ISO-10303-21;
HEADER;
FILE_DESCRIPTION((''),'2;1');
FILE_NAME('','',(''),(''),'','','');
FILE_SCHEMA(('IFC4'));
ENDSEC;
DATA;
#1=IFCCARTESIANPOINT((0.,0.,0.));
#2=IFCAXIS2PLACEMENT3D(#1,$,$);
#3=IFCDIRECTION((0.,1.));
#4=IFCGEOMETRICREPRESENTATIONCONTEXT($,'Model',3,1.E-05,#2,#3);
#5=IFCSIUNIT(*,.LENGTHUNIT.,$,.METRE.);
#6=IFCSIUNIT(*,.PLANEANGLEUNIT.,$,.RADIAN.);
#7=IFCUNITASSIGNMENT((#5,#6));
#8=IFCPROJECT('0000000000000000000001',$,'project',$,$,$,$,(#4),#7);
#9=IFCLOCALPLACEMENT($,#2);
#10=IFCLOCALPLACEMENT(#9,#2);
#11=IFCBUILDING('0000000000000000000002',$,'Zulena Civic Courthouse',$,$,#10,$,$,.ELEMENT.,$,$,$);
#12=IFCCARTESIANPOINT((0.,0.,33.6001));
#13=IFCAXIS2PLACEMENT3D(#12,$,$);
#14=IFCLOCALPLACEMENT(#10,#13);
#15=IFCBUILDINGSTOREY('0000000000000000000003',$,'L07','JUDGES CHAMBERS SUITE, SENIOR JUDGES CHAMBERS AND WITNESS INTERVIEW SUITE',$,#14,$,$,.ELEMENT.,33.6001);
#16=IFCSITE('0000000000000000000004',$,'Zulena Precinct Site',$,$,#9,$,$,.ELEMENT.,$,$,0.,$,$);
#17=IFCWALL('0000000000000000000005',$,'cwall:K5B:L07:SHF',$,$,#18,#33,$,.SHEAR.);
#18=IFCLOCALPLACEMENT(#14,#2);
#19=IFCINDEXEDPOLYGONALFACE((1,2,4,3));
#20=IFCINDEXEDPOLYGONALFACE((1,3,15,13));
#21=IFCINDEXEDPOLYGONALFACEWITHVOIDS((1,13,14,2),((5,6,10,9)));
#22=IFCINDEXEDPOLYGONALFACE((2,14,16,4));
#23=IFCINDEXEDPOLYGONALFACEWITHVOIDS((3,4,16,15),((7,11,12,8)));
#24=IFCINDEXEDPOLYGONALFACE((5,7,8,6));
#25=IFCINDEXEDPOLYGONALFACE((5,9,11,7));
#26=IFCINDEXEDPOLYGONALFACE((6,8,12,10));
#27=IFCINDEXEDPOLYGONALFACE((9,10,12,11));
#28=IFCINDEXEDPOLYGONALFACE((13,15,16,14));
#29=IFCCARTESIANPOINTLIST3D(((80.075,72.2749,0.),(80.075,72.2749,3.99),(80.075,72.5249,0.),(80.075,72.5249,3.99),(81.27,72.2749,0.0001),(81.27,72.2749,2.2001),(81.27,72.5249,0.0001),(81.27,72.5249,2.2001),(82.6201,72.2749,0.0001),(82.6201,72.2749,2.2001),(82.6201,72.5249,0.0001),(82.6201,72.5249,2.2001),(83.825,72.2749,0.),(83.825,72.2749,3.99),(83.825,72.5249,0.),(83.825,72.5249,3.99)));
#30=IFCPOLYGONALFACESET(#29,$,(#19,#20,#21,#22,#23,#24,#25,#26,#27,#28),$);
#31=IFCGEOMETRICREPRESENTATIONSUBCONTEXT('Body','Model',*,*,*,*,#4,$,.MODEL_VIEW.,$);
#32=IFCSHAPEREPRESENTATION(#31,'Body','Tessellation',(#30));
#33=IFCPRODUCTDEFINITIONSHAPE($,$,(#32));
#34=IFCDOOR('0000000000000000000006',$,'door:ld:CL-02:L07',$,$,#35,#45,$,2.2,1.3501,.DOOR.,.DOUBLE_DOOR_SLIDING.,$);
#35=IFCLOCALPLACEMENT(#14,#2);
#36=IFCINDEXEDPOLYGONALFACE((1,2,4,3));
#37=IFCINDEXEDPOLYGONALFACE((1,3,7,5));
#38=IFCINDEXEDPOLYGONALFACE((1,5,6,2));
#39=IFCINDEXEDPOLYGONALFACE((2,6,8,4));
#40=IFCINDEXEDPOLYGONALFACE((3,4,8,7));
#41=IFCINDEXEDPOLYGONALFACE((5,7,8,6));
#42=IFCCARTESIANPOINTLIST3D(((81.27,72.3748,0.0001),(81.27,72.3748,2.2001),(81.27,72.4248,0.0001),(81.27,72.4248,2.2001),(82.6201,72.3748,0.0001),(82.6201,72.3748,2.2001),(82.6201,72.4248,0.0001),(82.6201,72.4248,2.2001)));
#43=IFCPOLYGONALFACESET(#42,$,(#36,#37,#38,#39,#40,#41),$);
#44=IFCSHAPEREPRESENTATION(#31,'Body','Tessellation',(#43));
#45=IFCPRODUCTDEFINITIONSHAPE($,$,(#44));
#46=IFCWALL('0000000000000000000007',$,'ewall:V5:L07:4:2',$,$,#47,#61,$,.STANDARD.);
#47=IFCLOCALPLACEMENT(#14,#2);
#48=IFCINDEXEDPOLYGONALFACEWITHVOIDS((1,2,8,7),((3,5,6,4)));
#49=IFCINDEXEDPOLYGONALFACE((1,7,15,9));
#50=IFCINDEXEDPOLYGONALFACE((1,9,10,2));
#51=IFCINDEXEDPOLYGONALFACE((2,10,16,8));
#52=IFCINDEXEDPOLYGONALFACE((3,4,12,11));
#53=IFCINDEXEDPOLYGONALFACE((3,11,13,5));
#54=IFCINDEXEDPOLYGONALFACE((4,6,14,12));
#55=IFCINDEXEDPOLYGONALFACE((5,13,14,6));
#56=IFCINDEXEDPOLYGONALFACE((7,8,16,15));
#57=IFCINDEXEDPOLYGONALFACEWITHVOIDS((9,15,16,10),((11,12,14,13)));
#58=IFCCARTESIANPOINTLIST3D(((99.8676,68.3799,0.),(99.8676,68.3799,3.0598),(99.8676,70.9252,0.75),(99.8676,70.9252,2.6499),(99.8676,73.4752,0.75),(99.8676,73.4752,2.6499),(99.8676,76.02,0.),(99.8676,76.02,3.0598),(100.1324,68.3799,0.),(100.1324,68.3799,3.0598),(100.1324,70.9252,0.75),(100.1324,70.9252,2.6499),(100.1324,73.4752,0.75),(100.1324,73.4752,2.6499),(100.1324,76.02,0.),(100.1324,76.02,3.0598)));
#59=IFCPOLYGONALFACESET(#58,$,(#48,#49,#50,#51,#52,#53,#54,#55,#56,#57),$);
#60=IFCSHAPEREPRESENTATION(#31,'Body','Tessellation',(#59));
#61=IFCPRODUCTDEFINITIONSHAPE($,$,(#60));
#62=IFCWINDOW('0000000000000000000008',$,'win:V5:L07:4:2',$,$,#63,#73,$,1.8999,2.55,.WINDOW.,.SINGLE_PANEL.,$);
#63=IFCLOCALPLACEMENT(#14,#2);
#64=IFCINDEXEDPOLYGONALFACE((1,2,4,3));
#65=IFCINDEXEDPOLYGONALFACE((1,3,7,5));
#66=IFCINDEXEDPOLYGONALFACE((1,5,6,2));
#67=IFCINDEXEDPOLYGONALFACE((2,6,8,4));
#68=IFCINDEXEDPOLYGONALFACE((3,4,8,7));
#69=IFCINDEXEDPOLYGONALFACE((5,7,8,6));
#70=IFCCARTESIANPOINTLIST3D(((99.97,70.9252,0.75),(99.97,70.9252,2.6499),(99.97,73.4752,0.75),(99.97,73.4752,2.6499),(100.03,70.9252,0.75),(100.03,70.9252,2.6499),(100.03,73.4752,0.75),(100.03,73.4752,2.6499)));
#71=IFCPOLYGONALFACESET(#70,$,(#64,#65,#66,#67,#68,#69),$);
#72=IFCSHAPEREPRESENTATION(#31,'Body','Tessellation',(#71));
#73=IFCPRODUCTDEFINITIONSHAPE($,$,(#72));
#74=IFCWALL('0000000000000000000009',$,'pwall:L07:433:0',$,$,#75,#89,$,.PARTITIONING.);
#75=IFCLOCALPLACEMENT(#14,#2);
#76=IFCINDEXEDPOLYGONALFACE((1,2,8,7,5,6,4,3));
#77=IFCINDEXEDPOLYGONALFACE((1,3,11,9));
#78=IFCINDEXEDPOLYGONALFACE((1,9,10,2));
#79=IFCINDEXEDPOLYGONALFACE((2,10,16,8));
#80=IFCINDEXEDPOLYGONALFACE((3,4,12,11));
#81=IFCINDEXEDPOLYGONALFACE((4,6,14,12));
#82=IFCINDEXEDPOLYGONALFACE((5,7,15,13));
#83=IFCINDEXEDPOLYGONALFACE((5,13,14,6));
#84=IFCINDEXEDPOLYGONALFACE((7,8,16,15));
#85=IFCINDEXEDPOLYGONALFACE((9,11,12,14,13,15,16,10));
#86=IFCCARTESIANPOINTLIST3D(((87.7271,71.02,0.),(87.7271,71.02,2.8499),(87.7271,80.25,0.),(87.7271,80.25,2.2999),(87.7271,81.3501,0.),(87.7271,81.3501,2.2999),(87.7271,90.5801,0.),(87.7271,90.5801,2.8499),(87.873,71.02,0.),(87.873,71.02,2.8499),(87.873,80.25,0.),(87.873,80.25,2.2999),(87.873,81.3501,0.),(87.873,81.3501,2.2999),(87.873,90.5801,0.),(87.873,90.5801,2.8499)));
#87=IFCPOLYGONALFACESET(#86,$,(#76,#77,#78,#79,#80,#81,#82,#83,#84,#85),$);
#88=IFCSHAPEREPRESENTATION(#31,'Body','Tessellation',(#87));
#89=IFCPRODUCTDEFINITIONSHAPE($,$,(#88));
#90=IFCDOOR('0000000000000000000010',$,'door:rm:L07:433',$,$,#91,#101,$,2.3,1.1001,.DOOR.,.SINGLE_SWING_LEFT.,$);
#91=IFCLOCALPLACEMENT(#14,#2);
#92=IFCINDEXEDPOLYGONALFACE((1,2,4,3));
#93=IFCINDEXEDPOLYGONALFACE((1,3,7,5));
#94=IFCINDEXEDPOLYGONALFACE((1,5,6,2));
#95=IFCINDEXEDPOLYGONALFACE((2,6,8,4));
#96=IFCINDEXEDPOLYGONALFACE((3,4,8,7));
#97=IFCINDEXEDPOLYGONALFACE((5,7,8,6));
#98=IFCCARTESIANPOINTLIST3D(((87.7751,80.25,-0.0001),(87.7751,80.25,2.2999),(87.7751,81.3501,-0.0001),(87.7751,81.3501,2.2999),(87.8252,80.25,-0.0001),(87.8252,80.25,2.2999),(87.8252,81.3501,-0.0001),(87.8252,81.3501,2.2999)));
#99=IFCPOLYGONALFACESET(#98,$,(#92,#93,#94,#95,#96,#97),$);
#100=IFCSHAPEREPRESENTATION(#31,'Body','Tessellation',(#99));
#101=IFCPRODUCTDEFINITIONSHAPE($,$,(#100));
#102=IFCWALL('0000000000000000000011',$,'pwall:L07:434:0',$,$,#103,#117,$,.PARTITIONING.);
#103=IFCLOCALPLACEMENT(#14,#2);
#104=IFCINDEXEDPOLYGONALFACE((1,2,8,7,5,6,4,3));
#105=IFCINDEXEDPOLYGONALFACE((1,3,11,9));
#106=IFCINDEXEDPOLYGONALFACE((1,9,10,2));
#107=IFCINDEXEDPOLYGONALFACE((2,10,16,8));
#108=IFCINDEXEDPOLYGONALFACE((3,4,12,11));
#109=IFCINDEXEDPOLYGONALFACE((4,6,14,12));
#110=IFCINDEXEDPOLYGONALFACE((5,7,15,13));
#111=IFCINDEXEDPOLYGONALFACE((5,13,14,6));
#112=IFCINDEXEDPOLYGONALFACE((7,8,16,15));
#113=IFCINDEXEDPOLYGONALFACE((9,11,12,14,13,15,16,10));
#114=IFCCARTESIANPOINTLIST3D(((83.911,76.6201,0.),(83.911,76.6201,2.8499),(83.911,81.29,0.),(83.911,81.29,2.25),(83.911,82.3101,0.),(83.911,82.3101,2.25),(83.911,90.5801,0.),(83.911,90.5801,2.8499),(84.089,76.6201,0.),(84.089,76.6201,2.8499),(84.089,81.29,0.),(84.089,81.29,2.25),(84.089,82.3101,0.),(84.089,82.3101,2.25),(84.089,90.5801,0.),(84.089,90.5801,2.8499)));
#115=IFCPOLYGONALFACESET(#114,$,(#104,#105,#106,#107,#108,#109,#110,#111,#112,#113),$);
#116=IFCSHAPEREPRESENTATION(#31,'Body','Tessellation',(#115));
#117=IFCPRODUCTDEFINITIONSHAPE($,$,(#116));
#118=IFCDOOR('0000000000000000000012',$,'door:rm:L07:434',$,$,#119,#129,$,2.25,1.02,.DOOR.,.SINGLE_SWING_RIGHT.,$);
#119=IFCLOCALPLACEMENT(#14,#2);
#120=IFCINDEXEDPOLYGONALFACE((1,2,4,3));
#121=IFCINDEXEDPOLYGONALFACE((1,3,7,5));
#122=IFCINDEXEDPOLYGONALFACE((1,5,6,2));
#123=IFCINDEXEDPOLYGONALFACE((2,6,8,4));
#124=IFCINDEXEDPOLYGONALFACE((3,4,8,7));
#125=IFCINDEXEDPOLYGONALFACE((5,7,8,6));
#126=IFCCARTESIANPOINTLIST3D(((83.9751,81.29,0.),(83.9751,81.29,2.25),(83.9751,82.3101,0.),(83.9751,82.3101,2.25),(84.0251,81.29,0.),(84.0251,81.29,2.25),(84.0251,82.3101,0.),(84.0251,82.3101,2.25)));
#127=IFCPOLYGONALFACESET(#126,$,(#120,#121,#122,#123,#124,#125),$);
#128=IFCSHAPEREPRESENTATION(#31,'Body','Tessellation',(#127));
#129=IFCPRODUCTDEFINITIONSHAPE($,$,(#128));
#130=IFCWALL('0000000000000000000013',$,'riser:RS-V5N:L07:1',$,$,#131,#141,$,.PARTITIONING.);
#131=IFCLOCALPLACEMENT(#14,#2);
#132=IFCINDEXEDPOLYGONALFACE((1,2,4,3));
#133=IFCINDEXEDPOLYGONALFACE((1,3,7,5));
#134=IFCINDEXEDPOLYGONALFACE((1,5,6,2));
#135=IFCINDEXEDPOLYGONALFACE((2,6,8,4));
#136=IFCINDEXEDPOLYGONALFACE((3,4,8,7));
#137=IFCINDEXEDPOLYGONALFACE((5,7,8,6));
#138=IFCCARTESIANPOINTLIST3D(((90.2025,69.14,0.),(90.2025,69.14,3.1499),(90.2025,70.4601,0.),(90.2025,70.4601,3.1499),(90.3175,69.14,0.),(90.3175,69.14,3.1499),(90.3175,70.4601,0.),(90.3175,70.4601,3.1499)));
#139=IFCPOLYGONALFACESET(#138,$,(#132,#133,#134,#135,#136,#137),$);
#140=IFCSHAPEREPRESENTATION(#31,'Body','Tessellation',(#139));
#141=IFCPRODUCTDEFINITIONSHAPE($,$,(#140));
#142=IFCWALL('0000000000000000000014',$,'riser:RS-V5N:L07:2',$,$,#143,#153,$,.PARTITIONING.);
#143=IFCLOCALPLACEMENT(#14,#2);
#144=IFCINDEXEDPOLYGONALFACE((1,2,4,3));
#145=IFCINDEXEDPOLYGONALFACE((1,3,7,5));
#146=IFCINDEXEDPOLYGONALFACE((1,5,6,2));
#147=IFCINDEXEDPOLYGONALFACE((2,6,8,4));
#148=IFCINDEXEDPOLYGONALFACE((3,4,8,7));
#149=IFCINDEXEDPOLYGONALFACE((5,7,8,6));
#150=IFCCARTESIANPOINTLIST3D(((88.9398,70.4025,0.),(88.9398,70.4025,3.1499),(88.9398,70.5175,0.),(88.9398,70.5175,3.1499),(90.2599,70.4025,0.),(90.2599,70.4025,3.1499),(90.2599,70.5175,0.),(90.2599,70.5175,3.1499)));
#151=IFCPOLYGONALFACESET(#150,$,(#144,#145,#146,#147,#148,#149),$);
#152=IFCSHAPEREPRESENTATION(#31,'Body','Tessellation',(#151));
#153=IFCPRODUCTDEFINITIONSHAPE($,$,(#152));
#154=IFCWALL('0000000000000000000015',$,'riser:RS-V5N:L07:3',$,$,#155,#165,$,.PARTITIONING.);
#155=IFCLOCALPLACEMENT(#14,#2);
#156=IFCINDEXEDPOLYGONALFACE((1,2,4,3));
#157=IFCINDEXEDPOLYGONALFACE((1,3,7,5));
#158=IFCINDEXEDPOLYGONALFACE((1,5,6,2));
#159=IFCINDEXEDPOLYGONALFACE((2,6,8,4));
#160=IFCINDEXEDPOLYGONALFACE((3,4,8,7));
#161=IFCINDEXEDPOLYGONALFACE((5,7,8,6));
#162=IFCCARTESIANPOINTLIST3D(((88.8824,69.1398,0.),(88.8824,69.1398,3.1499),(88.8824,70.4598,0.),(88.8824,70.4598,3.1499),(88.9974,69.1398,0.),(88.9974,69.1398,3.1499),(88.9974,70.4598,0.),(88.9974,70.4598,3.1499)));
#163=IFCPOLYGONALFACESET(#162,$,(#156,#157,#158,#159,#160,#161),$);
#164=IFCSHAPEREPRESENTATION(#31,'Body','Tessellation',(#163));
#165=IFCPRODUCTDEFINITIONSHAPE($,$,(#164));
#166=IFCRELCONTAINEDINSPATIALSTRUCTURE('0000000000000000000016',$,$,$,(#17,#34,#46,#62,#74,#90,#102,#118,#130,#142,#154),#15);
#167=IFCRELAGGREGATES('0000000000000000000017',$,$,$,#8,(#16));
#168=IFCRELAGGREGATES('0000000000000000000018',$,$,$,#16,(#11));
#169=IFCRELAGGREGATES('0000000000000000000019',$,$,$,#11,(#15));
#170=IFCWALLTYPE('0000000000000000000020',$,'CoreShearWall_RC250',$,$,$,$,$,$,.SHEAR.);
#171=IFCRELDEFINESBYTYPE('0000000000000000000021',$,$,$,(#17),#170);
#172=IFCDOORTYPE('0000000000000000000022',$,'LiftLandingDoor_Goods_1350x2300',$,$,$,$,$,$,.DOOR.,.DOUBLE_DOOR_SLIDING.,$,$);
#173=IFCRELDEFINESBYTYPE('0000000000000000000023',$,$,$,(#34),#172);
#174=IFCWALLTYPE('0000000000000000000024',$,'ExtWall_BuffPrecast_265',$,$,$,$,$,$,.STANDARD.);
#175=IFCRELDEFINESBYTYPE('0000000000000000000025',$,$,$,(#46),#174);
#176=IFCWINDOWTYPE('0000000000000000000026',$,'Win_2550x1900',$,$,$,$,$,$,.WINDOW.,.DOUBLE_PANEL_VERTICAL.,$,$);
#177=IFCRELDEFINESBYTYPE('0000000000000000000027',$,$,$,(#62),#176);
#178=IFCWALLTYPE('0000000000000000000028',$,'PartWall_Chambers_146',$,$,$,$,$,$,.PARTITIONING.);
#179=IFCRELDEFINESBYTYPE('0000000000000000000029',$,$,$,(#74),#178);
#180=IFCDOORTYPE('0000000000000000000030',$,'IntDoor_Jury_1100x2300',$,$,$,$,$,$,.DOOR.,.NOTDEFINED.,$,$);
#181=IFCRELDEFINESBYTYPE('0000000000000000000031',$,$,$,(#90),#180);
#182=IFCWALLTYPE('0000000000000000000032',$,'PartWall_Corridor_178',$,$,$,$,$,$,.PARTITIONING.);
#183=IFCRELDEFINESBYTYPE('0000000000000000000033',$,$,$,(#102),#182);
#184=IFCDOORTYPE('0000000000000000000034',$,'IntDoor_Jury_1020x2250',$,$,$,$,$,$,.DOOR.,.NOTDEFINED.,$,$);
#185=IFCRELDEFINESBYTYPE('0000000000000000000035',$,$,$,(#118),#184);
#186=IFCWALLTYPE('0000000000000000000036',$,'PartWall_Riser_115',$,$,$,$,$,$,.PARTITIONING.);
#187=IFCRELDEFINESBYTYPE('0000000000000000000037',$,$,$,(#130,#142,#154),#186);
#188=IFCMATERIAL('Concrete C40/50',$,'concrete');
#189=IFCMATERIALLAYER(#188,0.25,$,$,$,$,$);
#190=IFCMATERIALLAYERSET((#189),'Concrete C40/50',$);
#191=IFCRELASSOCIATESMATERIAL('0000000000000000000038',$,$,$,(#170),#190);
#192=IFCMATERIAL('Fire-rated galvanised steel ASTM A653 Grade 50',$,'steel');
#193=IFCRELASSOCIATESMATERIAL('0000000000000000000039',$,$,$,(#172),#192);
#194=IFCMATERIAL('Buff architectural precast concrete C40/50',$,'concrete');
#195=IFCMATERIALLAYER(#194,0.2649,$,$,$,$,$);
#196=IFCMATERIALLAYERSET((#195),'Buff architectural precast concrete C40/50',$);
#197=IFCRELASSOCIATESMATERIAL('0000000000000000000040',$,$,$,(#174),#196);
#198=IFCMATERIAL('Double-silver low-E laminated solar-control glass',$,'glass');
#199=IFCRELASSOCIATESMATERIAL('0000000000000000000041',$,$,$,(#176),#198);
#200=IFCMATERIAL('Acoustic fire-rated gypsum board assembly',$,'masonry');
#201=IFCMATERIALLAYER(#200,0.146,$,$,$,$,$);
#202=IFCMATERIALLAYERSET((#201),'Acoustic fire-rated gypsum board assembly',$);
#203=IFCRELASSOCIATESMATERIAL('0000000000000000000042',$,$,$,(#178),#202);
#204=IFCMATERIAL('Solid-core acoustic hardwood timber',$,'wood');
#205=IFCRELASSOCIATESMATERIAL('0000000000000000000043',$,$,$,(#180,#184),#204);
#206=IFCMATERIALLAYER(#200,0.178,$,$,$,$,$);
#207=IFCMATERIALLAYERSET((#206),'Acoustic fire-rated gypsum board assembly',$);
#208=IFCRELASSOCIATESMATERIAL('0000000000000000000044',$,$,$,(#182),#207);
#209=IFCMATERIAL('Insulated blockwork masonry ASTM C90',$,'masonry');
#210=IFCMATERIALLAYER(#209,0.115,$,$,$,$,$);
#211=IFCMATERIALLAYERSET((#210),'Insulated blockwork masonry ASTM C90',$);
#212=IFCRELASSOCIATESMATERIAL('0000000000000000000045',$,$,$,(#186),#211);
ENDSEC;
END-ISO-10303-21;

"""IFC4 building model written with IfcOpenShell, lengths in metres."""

from ifc_helpers import new_model, si_unit, direction, frame, frame_2d, origin, place, context, subcontext, project, spatial, rectangle, extrude, material, layer, layer_set, type_object, element, fill, save


model = new_model("IFC4")

# Units and contexts
model_context = context("Model", 3, precision=1e-05, world=origin(), true_north=direction((0.0, 1.0)))
body_context = subcontext(model_context, "Body", "Model", "MODEL_VIEW")
ifc_project = project(units=[si_unit("LENGTHUNIT", "METRE"), si_unit("PLANEANGLEUNIT", "RADIAN")], contexts=[model_context])

# Site, building, storey
site_placement = place(None, origin())
site = spatial("IfcSite", under=ifc_project, at=site_placement, Name="Zulena Precinct Site", CompositionType="ELEMENT", RefElevation=0.0)
building_placement = place(site_placement, origin())
building = spatial("IfcBuilding", under=site, at=building_placement, Name="Zulena Civic Courthouse", CompositionType="ELEMENT")
storey_placement = place(building_placement, frame((0.0, 0.0, 33.6001)))
storey = spatial("IfcBuildingStorey", under=building, at=storey_placement, Name="L07", Description="JUDGES CHAMBERS SUITE, SENIOR JUDGES CHAMBERS AND WITNESS INTERVIEW SUITE", CompositionType="ELEMENT", Elevation=33.6001)

# Wall, opening, door
ifc_material_1 = material(Name="Concrete C40/50", Category="concrete")
ifc_layer_1 = layer(ifc_material_1, 0.25)
ifc_layer_set_1 = layer_set([ifc_layer_1], Name="Concrete C40/50")
wall_type_1 = type_object("IfcWallType", Name="CoreShearWall_RC250", PredefinedType="SHEAR", material=ifc_layer_set_1)
wall_1_placement = place(storey_placement, frame((80.075, 72.3999, 0.0), z_axis=(0.0, 0.0, 1.0), x_axis=(1.0, 0.0, 0.0)))
wall_1 = element("IfcWall", 1, at=wall_1_placement, inside=storey, type_object=wall_type_1, Name="cwall:K5B:L07:SHF", PredefinedType="SHEAR", context=body_context, shape_type="SweptSolid", body=[
    extrude(rectangle(XDim=3.75, YDim=0.25, at=frame_2d((1.875, 0.0))), origin(), (0.0, 0.0, 1.0), 3.99),
])
opening_1_placement = place(wall_1_placement, frame((1.1951, 0.0, 0.0)))
opening_1 = element("IfcOpeningElement", 2, at=opening_1_placement, cuts=wall_1, PredefinedType="OPENING", context=body_context, shape_type="SweptSolid", body=[
    extrude(rectangle(XDim=1.3501, YDim=2.2, at=frame_2d((0.675, 1.1001))), frame((0.0, 0.135, 0.0), z_axis=(0.0, -1.0, 0.0), x_axis=(1.0, 0.0, 0.0)), (0.0, 0.0, 1.0), 0.27),
])
ifc_material_2 = material(Name="Fire-rated galvanised steel ASTM A653 Grade 50", Category="steel")
door_type_1 = type_object("IfcDoorType", Name="LiftLandingDoor_Goods_1350x2300", OperationType="DOUBLE_DOOR_SLIDING", PredefinedType="DOOR", material=ifc_material_2)
door_1_placement = place(opening_1_placement, origin())
door_1 = element("IfcDoor", 3, at=door_1_placement, inside=storey, type_object=door_type_1, Name="door:ld:CL-02:L07", OperationType="DOUBLE_DOOR_SLIDING", OverallHeight=2.2, OverallWidth=1.3501, PredefinedType="DOOR", context=body_context, shape_type="SweptSolid", body=[
    extrude(rectangle(XDim=1.3501, YDim=2.2, at=frame_2d((0.675, 1.1001))), frame((0.0, 0.0249, 0.0), z_axis=(0.0, -1.0, 0.0), x_axis=(1.0, 0.0, 0.0)), (0.0, 0.0, 1.0), 0.05),
])
fill(opening_1, door_1)

# Wall, opening, window
ifc_material_3 = material(Name="Buff architectural precast concrete C40/50", Category="concrete")
ifc_layer_2 = layer(ifc_material_3, 0.2649)
ifc_layer_set_2 = layer_set([ifc_layer_2], Name="Buff architectural precast concrete C40/50")
wall_type_2 = type_object("IfcWallType", Name="ExtWall_BuffPrecast_265", PredefinedType="STANDARD", material=ifc_layer_set_2)
wall_2_placement = place(storey_placement, frame((100.0, 76.02, 0.0), z_axis=(0.0, 0.0, 1.0), x_axis=(0.0, -1.0, 0.0)))
wall_2 = element("IfcWall", 4, at=wall_2_placement, inside=storey, type_object=wall_type_2, Name="ewall:V5:L07:4:2", PredefinedType="STANDARD", context=body_context, shape_type="SweptSolid", body=[
    extrude(rectangle(XDim=7.6401, YDim=0.2649, at=frame_2d((3.8201, 0.0))), origin(), (0.0, 0.0, 1.0), 3.0598),
])
opening_2_placement = place(wall_2_placement, frame((2.5449, 0.0, 0.75)))
opening_2 = element("IfcOpeningElement", 5, at=opening_2_placement, cuts=wall_2, PredefinedType="OPENING", context=body_context, shape_type="SweptSolid", body=[
    extrude(rectangle(XDim=2.55, YDim=1.8999, at=frame_2d((1.2749, 0.95))), frame((0.0, 0.1423, 0.0), z_axis=(0.0, -1.0, 0.0), x_axis=(1.0, 0.0, 0.0)), (0.0, 0.0, 1.0), 0.2849),
])
ifc_material_4 = material(Name="Double-silver low-E laminated solar-control glass", Category="glass")
window_type = type_object("IfcWindowType", Name="Win_2550x1900", PartitioningType="DOUBLE_PANEL_VERTICAL", PredefinedType="WINDOW", material=ifc_material_4)
window_placement = place(opening_2_placement, origin())
window = element("IfcWindow", 6, at=window_placement, inside=storey, type_object=window_type, Name="win:V5:L07:4:2", OverallHeight=1.8999, OverallWidth=2.55, PartitioningType="SINGLE_PANEL", PredefinedType="WINDOW", context=body_context, shape_type="SweptSolid", body=[
    extrude(rectangle(XDim=2.55, YDim=1.8999, at=frame_2d((1.2749, 0.95))), frame((0.0, 0.03, 0.0), z_axis=(0.0, -1.0, 0.0), x_axis=(1.0, 0.0, 0.0)), (0.0, 0.0, 1.0), 0.0601),
])
fill(opening_2, window)

# Walls, openings, doors
ifc_material_5 = material(Name="Acoustic fire-rated gypsum board assembly", Category="masonry")
ifc_layer_3 = layer(ifc_material_5, 0.146)
ifc_layer_set_3 = layer_set([ifc_layer_3], Name="Acoustic fire-rated gypsum board assembly")
wall_type_3 = type_object("IfcWallType", Name="PartWall_Chambers_146", PredefinedType="PARTITIONING", material=ifc_layer_set_3)
wall_3_placement = place(storey_placement, frame((87.8, 71.02, 0.0), z_axis=(0.0, 0.0, 1.0), x_axis=(0.0, 1.0, 0.0)))
wall_3 = element("IfcWall", 7, at=wall_3_placement, inside=storey, type_object=wall_type_3, Name="pwall:L07:433:0", PredefinedType="PARTITIONING", context=body_context, shape_type="SweptSolid", body=[
    extrude(rectangle(XDim=19.5601, YDim=0.146, at=frame_2d((9.78, 0.0))), origin(), (0.0, 0.0, 1.0), 2.8499),
])
opening_3_placement = place(wall_3_placement, frame((9.23, 0.0, 0.0)))
opening_3 = element("IfcOpeningElement", 8, at=opening_3_placement, cuts=wall_3, PredefinedType="OPENING", context=body_context, shape_type="SweptSolid", body=[
    extrude(rectangle(XDim=1.1001, YDim=2.3, at=frame_2d((0.55, 1.1499))), frame((0.0, 0.083, 0.0), z_axis=(0.0, -1.0, 0.0), x_axis=(1.0, 0.0, 0.0)), (0.0, 0.0, 1.0), 0.166),
])
ifc_material_6 = material(Name="Solid-core acoustic hardwood timber", Category="wood")
door_type_2 = type_object("IfcDoorType", Name="IntDoor_Jury_1100x2300", OperationType="NOTDEFINED", PredefinedType="DOOR", material=ifc_material_6)
door_2_placement = place(opening_3_placement, origin())
door_2 = element("IfcDoor", 9, at=door_2_placement, inside=storey, type_object=door_type_2, Name="door:rm:L07:433", OperationType="SINGLE_SWING_LEFT", OverallHeight=2.3, OverallWidth=1.1001, PredefinedType="DOOR", context=body_context, shape_type="SweptSolid", body=[
    extrude(rectangle(XDim=1.1001, YDim=2.3, at=frame_2d((0.55, 1.1499))), frame((0.0, 0.0249, 0.0), z_axis=(0.0, -1.0, 0.0), x_axis=(1.0, 0.0, 0.0)), (0.0, 0.0, 1.0), 0.05),
])
fill(opening_3, door_2)
ifc_layer_4 = layer(ifc_material_5, 0.178)
ifc_layer_set_4 = layer_set([ifc_layer_4], Name="Acoustic fire-rated gypsum board assembly")
wall_type_4 = type_object("IfcWallType", Name="PartWall_Corridor_178", PredefinedType="PARTITIONING", material=ifc_layer_set_4)
wall_4_placement = place(storey_placement, frame((84.0, 76.6201, 0.0), z_axis=(0.0, 0.0, 1.0), x_axis=(0.0, 1.0, 0.0)))
wall_4 = element("IfcWall", 10, at=wall_4_placement, inside=storey, type_object=wall_type_4, Name="pwall:L07:434:0", PredefinedType="PARTITIONING", context=body_context, shape_type="SweptSolid", body=[
    extrude(rectangle(XDim=13.96, YDim=0.178, at=frame_2d((6.98, 0.0))), origin(), (0.0, 0.0, 1.0), 2.8499),
])
opening_4_placement = place(wall_4_placement, frame((4.6699, 0.0, 0.0)))
opening_4 = element("IfcOpeningElement", 11, at=opening_4_placement, cuts=wall_4, PredefinedType="OPENING", context=body_context, shape_type="SweptSolid", body=[
    extrude(rectangle(XDim=1.02, YDim=2.25, at=frame_2d((0.51, 1.125))), frame((0.0, 0.0989, 0.0), z_axis=(0.0, -1.0, 0.0), x_axis=(1.0, 0.0, 0.0)), (0.0, 0.0, 1.0), 0.198),
])
door_type_3 = type_object("IfcDoorType", Name="IntDoor_Jury_1020x2250", OperationType="NOTDEFINED", PredefinedType="DOOR", material=ifc_material_6)
door_3_placement = place(opening_4_placement, origin())
door_3 = element("IfcDoor", 12, at=door_3_placement, inside=storey, type_object=door_type_3, Name="door:rm:L07:434", OperationType="SINGLE_SWING_RIGHT", OverallHeight=2.25, OverallWidth=1.02, PredefinedType="DOOR", context=body_context, shape_type="SweptSolid", body=[
    extrude(rectangle(XDim=1.02, YDim=2.25, at=frame_2d((0.51, 1.125))), frame((0.0, 0.0249, 0.0), z_axis=(0.0, -1.0, 0.0), x_axis=(1.0, 0.0, 0.0)), (0.0, 0.0, 1.0), 0.05),
])
fill(opening_4, door_3)

# Walls
ifc_material_7 = material(Name="Insulated blockwork masonry ASTM C90", Category="masonry")
ifc_layer_5 = layer(ifc_material_7, 0.115)
ifc_layer_set_5 = layer_set([ifc_layer_5], Name="Insulated blockwork masonry ASTM C90")
wall_type_5 = type_object("IfcWallType", Name="PartWall_Riser_115", PredefinedType="PARTITIONING", material=ifc_layer_set_5)
for number, where, z_axis, x_axis, name in (
    (13, (90.26, 69.1399, 0.0), (0.0, 0.0, 1.0), (0.0, 1.0, 0.0), "riser:RS-V5N:L07:1"),
    (14, (90.26, 70.46, 0.0), (0.0, 0.0, 1.0), (-1.0, 0.0, 0.0), "riser:RS-V5N:L07:2"),
    (15, (88.9399, 70.46, 0.0), (0.0, 0.0, 1.0), (0.0, -1.0, 0.0), "riser:RS-V5N:L07:3"),
):
    element("IfcWall", number, at=place(storey_placement, frame(where, z_axis=z_axis, x_axis=x_axis)), inside=storey, type_object=wall_type_5, Name=name, PredefinedType="PARTITIONING", context=body_context, shape_type="SweptSolid", body=[
        extrude(rectangle(XDim=1.3201, YDim=0.115, at=frame_2d((0.6602, 0.0))), origin(), (0.0, 0.0, 1.0), 3.1499),
    ])

save(model, "model.ifc")
